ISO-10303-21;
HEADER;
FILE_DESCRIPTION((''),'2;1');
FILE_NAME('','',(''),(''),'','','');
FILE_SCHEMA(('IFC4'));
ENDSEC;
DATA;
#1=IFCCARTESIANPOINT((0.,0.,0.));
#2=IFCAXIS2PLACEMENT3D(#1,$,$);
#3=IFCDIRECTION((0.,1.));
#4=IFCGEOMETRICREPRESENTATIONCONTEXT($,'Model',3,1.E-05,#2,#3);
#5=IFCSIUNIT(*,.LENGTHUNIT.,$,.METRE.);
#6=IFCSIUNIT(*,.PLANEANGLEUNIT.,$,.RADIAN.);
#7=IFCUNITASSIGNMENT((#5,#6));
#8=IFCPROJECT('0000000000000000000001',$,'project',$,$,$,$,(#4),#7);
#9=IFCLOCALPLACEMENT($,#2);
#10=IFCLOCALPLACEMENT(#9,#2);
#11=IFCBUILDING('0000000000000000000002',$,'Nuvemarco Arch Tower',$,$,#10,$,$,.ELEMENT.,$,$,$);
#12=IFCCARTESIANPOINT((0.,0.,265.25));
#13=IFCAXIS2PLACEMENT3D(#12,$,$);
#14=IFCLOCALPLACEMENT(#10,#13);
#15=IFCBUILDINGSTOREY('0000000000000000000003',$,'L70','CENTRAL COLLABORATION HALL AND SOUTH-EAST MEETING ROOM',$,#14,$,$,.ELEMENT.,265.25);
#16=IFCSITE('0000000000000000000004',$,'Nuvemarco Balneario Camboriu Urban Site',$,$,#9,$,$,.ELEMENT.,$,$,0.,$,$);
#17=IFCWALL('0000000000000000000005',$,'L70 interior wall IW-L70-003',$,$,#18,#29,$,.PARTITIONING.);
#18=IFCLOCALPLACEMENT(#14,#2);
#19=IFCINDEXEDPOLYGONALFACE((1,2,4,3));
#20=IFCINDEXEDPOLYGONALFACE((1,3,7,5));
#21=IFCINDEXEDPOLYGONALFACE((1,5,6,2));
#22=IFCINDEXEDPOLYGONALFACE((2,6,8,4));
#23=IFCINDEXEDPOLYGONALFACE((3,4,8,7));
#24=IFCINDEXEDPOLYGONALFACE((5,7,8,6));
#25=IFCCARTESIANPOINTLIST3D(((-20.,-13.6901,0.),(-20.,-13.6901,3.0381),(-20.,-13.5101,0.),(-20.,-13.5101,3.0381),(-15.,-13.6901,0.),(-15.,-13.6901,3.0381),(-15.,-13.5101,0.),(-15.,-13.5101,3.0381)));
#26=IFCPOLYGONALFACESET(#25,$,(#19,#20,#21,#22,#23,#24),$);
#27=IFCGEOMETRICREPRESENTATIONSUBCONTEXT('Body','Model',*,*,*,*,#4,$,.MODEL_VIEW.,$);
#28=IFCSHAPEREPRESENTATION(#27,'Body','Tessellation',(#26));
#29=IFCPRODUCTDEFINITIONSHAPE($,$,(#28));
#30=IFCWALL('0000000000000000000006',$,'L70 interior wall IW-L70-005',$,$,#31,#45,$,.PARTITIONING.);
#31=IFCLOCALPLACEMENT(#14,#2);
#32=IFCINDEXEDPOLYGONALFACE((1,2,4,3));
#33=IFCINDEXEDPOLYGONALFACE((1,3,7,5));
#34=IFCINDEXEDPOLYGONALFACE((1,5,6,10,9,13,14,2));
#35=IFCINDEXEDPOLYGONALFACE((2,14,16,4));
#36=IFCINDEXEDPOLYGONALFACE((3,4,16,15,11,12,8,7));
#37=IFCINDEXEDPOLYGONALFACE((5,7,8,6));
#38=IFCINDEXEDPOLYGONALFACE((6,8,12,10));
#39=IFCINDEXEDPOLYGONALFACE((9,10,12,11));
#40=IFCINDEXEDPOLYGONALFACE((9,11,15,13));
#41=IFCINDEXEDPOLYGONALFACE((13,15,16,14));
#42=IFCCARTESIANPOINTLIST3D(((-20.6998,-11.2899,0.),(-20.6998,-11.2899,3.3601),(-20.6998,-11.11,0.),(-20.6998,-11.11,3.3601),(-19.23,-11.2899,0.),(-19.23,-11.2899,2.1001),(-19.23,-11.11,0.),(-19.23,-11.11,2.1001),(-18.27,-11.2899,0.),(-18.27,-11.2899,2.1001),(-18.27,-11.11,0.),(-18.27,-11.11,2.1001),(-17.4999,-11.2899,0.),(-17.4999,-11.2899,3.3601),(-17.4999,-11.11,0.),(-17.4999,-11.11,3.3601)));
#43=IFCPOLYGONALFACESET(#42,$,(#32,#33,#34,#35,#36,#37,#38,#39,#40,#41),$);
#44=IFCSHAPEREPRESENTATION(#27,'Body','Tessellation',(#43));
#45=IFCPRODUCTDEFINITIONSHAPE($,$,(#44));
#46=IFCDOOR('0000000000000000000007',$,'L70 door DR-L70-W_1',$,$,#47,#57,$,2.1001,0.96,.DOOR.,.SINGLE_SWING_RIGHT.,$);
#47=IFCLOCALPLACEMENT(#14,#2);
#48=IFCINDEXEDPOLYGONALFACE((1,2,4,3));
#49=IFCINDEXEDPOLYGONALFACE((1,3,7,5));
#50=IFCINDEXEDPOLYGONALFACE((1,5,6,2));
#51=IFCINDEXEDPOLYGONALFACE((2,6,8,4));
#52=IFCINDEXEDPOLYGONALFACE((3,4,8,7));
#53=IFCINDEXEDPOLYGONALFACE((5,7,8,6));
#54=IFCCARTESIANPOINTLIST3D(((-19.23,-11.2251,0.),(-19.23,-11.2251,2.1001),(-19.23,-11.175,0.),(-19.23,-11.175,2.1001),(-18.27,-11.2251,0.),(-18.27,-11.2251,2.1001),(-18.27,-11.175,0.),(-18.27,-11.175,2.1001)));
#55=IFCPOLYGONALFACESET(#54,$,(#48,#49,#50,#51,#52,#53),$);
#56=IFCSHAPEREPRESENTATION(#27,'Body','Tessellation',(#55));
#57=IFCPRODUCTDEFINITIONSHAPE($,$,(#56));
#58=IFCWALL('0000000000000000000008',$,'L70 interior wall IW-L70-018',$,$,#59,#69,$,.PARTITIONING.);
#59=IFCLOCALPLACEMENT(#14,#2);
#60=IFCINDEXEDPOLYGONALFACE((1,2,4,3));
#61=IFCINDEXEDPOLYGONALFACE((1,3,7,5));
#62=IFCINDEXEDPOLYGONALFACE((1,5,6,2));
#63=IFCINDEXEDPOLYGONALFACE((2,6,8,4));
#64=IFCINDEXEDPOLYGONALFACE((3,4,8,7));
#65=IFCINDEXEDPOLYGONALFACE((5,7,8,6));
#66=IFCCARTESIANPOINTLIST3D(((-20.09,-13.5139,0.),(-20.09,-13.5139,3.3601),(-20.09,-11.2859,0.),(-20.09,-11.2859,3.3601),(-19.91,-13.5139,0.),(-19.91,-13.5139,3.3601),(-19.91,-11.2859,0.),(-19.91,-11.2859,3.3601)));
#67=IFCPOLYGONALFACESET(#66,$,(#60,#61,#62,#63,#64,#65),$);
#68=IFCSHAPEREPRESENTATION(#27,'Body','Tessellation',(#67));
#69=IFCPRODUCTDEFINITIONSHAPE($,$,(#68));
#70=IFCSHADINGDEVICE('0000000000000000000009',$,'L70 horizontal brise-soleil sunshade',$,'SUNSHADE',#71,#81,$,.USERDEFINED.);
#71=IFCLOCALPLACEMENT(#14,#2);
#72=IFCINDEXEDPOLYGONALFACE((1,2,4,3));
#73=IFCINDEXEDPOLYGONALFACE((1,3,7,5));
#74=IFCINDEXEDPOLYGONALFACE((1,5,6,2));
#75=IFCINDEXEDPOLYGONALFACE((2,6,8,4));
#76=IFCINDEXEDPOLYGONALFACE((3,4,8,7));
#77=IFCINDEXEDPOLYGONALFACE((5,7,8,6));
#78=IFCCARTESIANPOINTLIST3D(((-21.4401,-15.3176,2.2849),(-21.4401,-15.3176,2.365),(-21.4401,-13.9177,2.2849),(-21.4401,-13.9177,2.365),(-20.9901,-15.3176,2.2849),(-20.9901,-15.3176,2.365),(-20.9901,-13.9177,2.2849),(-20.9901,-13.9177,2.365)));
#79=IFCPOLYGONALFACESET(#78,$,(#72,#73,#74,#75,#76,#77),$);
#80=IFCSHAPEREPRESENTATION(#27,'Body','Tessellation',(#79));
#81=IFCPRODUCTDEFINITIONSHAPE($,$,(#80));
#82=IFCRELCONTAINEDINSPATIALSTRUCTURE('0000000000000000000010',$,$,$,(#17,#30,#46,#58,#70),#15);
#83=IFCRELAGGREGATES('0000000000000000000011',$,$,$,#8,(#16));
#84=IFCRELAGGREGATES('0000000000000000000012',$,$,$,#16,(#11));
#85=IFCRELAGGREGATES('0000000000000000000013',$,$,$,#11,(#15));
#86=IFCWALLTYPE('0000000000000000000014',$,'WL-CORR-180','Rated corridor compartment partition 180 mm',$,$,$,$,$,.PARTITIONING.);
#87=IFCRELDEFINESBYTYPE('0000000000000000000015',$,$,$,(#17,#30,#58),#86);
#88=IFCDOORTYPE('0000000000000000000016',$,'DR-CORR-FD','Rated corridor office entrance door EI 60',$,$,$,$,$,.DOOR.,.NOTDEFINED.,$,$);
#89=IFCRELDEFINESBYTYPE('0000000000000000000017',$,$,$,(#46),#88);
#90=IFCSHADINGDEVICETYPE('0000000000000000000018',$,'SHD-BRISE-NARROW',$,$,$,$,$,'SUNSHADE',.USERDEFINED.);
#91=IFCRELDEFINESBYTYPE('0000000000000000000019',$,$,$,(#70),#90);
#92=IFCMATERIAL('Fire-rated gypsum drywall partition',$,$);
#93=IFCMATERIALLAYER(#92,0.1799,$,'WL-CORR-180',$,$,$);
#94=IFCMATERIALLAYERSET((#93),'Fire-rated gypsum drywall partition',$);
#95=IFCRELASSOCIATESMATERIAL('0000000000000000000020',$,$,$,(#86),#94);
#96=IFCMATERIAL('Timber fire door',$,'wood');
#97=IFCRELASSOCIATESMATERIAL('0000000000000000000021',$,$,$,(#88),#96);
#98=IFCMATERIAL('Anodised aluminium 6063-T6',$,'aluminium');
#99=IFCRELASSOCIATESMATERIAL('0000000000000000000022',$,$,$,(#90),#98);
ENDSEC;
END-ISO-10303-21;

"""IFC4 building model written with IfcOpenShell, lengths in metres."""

from ifc_helpers import new_model, si_unit, direction, frame, frame_2d, origin, origin_2d, place, context, subcontext, project, spatial, rectangle, extrude, source, transform, mapped, material, layer, layer_set, type_object, type_shapes, element, fill, save


model = new_model("IFC4")

# Units and contexts
model_context = context("Model", 3, precision=1e-05, world=origin(), true_north=direction((0.0, 1.0)))
body_context = subcontext(model_context, "Body", "Model", "MODEL_VIEW")
ifc_project = project(units=[si_unit("LENGTHUNIT", "METRE"), si_unit("PLANEANGLEUNIT", "RADIAN")], contexts=[model_context])

# Site, building, storey
site_placement = place(None, origin())
site = spatial("IfcSite", under=ifc_project, at=site_placement, Name="Nuvemarco Balneario Camboriu Urban Site", CompositionType="ELEMENT", RefElevation=0.0)
building_placement = place(site_placement, origin())
building = spatial("IfcBuilding", under=site, at=building_placement, Name="Nuvemarco Arch Tower", CompositionType="ELEMENT")
storey_placement = place(building_placement, frame((0.0, 0.0, 265.25)))
storey = spatial("IfcBuildingStorey", under=building, at=storey_placement, Name="L70", Description="CENTRAL COLLABORATION HALL AND SOUTH-EAST MEETING ROOM", CompositionType="ELEMENT", Elevation=265.25)

# Wall
ifc_material_1 = material(Name="Fire-rated gypsum drywall partition")
ifc_layer = layer(ifc_material_1, 0.1799, Name="WL-CORR-180")
ifc_layer_set = layer_set([ifc_layer], Name="Fire-rated gypsum drywall partition")
wall_type = type_object("IfcWallType", Name="WL-CORR-180", Description="Rated corridor compartment partition 180 mm", PredefinedType="PARTITIONING", material=ifc_layer_set)
wall_1_placement = place(storey_placement, frame((-20.0, -13.6001, 0.0), z_axis=(0.0, 0.0, 1.0), x_axis=(1.0, 0.0, 0.0)))
element("IfcWall", 1, at=wall_1_placement, inside=storey, type_object=wall_type, Name="L70 interior wall IW-L70-003", PredefinedType="PARTITIONING", context=body_context, shape_type="SweptSolid", body=[
    extrude(rectangle(XDim=5.0, YDim=0.1799, at=frame_2d((2.5, 0.0))), origin(), (0.0, 0.0, 1.0), 3.0381),
])

# Wall, opening, door
wall_2_placement = place(storey_placement, frame((-20.7, -11.2, 0.0), z_axis=(0.0, 0.0, 1.0), x_axis=(1.0, 0.0, 0.0)))
wall_2 = element("IfcWall", 2, at=wall_2_placement, inside=storey, type_object=wall_type, Name="L70 interior wall IW-L70-005", PredefinedType="PARTITIONING", context=body_context, shape_type="SweptSolid", body=[
    extrude(rectangle(XDim=3.2, YDim=0.1799, at=frame_2d((1.6001, 0.0))), origin(), (0.0, 0.0, 1.0), 3.3601),
])
opening_placement = place(wall_2_placement, frame((1.47, 0.0, 0.0)))
opening = element("IfcOpeningElement", 3, at=opening_placement, cuts=wall_2, PredefinedType="OPENING", context=body_context, shape_type="SweptSolid", body=[
    extrude(rectangle(XDim=0.96, YDim=2.1001, at=frame_2d((0.48, 1.05))), frame((0.0, 0.0999, 0.0), z_axis=(0.0, -1.0, 0.0), x_axis=(1.0, 0.0, 0.0)), (0.0, 0.0, 1.0), 0.2),
])
ifc_material_2 = material(Name="Timber fire door", Category="wood")
door_type = type_object("IfcDoorType", Name="DR-CORR-FD", Description="Rated corridor office entrance door EI 60", OperationType="NOTDEFINED", PredefinedType="DOOR", material=ifc_material_2)
shared_shape_1 = source(origin(), body_context, "Body", "SweptSolid", [
    extrude(rectangle(XDim=0.96, YDim=2.1001, at=frame_2d((0.48, 1.05))), frame((0.0, 0.0249, 0.0), z_axis=(0.0, -1.0, 0.0), x_axis=(1.0, 0.0, 0.0)), (0.0, 0.0, 1.0), 0.05),
])
type_shapes(door_type, [shared_shape_1])
door_placement = place(opening_placement, origin())
door = element("IfcDoor", 4, at=door_placement, inside=storey, type_object=door_type, Name="L70 door DR-L70-W_1", OperationType="SINGLE_SWING_RIGHT", OverallHeight=2.1001, OverallWidth=0.96, PredefinedType="DOOR", context=body_context, shape_type="MappedRepresentation", body=[
    mapped(shared_shape_1, transform((0.0, 0.0, 0.0), scale=1.0)),
])
fill(opening, door)

# Wall
wall_3_placement = place(storey_placement, frame((-20.0, -13.5139, 0.0), z_axis=(0.0, 0.0, 1.0), x_axis=(0.0, 1.0, 0.0)))
element("IfcWall", 5, at=wall_3_placement, inside=storey, type_object=wall_type, Name="L70 interior wall IW-L70-018", PredefinedType="PARTITIONING", context=body_context, shape_type="SweptSolid", body=[
    extrude(rectangle(XDim=2.228, YDim=0.1799, at=frame_2d((1.114, 0.0))), origin(), (0.0, 0.0, 1.0), 3.3601),
])

# Shading device
ifc_material_3 = material(Name="Anodised aluminium 6063-T6", Category="aluminium")
shading_device_type = type_object("IfcShadingDeviceType", Name="SHD-BRISE-NARROW", ElementType="SUNSHADE", PredefinedType="USERDEFINED", material=ifc_material_3)
shared_shape_2 = source(origin(), body_context, "Body", "SweptSolid", [
    extrude(rectangle(XDim=1.3999, YDim=0.45, at=origin_2d()), origin(), (0.0, 0.0, 1.0), 0.0801),
])
type_shapes(shading_device_type, [shared_shape_2])
shading_device_placement = place(storey_placement, frame((-21.2151, -14.6177, 2.2849), z_axis=(0.0, 0.0, 1.0), x_axis=(0.0, 1.0, 0.0)))
element("IfcShadingDevice", 6, at=shading_device_placement, inside=storey, type_object=shading_device_type, Name="L70 horizontal brise-soleil sunshade", ObjectType="SUNSHADE", PredefinedType="USERDEFINED", context=body_context, shape_type="MappedRepresentation", body=[
    mapped(shared_shape_2, transform((0.0, 0.0, 0.0), scale=1.0)),
])

save(model, "model.ifc")
